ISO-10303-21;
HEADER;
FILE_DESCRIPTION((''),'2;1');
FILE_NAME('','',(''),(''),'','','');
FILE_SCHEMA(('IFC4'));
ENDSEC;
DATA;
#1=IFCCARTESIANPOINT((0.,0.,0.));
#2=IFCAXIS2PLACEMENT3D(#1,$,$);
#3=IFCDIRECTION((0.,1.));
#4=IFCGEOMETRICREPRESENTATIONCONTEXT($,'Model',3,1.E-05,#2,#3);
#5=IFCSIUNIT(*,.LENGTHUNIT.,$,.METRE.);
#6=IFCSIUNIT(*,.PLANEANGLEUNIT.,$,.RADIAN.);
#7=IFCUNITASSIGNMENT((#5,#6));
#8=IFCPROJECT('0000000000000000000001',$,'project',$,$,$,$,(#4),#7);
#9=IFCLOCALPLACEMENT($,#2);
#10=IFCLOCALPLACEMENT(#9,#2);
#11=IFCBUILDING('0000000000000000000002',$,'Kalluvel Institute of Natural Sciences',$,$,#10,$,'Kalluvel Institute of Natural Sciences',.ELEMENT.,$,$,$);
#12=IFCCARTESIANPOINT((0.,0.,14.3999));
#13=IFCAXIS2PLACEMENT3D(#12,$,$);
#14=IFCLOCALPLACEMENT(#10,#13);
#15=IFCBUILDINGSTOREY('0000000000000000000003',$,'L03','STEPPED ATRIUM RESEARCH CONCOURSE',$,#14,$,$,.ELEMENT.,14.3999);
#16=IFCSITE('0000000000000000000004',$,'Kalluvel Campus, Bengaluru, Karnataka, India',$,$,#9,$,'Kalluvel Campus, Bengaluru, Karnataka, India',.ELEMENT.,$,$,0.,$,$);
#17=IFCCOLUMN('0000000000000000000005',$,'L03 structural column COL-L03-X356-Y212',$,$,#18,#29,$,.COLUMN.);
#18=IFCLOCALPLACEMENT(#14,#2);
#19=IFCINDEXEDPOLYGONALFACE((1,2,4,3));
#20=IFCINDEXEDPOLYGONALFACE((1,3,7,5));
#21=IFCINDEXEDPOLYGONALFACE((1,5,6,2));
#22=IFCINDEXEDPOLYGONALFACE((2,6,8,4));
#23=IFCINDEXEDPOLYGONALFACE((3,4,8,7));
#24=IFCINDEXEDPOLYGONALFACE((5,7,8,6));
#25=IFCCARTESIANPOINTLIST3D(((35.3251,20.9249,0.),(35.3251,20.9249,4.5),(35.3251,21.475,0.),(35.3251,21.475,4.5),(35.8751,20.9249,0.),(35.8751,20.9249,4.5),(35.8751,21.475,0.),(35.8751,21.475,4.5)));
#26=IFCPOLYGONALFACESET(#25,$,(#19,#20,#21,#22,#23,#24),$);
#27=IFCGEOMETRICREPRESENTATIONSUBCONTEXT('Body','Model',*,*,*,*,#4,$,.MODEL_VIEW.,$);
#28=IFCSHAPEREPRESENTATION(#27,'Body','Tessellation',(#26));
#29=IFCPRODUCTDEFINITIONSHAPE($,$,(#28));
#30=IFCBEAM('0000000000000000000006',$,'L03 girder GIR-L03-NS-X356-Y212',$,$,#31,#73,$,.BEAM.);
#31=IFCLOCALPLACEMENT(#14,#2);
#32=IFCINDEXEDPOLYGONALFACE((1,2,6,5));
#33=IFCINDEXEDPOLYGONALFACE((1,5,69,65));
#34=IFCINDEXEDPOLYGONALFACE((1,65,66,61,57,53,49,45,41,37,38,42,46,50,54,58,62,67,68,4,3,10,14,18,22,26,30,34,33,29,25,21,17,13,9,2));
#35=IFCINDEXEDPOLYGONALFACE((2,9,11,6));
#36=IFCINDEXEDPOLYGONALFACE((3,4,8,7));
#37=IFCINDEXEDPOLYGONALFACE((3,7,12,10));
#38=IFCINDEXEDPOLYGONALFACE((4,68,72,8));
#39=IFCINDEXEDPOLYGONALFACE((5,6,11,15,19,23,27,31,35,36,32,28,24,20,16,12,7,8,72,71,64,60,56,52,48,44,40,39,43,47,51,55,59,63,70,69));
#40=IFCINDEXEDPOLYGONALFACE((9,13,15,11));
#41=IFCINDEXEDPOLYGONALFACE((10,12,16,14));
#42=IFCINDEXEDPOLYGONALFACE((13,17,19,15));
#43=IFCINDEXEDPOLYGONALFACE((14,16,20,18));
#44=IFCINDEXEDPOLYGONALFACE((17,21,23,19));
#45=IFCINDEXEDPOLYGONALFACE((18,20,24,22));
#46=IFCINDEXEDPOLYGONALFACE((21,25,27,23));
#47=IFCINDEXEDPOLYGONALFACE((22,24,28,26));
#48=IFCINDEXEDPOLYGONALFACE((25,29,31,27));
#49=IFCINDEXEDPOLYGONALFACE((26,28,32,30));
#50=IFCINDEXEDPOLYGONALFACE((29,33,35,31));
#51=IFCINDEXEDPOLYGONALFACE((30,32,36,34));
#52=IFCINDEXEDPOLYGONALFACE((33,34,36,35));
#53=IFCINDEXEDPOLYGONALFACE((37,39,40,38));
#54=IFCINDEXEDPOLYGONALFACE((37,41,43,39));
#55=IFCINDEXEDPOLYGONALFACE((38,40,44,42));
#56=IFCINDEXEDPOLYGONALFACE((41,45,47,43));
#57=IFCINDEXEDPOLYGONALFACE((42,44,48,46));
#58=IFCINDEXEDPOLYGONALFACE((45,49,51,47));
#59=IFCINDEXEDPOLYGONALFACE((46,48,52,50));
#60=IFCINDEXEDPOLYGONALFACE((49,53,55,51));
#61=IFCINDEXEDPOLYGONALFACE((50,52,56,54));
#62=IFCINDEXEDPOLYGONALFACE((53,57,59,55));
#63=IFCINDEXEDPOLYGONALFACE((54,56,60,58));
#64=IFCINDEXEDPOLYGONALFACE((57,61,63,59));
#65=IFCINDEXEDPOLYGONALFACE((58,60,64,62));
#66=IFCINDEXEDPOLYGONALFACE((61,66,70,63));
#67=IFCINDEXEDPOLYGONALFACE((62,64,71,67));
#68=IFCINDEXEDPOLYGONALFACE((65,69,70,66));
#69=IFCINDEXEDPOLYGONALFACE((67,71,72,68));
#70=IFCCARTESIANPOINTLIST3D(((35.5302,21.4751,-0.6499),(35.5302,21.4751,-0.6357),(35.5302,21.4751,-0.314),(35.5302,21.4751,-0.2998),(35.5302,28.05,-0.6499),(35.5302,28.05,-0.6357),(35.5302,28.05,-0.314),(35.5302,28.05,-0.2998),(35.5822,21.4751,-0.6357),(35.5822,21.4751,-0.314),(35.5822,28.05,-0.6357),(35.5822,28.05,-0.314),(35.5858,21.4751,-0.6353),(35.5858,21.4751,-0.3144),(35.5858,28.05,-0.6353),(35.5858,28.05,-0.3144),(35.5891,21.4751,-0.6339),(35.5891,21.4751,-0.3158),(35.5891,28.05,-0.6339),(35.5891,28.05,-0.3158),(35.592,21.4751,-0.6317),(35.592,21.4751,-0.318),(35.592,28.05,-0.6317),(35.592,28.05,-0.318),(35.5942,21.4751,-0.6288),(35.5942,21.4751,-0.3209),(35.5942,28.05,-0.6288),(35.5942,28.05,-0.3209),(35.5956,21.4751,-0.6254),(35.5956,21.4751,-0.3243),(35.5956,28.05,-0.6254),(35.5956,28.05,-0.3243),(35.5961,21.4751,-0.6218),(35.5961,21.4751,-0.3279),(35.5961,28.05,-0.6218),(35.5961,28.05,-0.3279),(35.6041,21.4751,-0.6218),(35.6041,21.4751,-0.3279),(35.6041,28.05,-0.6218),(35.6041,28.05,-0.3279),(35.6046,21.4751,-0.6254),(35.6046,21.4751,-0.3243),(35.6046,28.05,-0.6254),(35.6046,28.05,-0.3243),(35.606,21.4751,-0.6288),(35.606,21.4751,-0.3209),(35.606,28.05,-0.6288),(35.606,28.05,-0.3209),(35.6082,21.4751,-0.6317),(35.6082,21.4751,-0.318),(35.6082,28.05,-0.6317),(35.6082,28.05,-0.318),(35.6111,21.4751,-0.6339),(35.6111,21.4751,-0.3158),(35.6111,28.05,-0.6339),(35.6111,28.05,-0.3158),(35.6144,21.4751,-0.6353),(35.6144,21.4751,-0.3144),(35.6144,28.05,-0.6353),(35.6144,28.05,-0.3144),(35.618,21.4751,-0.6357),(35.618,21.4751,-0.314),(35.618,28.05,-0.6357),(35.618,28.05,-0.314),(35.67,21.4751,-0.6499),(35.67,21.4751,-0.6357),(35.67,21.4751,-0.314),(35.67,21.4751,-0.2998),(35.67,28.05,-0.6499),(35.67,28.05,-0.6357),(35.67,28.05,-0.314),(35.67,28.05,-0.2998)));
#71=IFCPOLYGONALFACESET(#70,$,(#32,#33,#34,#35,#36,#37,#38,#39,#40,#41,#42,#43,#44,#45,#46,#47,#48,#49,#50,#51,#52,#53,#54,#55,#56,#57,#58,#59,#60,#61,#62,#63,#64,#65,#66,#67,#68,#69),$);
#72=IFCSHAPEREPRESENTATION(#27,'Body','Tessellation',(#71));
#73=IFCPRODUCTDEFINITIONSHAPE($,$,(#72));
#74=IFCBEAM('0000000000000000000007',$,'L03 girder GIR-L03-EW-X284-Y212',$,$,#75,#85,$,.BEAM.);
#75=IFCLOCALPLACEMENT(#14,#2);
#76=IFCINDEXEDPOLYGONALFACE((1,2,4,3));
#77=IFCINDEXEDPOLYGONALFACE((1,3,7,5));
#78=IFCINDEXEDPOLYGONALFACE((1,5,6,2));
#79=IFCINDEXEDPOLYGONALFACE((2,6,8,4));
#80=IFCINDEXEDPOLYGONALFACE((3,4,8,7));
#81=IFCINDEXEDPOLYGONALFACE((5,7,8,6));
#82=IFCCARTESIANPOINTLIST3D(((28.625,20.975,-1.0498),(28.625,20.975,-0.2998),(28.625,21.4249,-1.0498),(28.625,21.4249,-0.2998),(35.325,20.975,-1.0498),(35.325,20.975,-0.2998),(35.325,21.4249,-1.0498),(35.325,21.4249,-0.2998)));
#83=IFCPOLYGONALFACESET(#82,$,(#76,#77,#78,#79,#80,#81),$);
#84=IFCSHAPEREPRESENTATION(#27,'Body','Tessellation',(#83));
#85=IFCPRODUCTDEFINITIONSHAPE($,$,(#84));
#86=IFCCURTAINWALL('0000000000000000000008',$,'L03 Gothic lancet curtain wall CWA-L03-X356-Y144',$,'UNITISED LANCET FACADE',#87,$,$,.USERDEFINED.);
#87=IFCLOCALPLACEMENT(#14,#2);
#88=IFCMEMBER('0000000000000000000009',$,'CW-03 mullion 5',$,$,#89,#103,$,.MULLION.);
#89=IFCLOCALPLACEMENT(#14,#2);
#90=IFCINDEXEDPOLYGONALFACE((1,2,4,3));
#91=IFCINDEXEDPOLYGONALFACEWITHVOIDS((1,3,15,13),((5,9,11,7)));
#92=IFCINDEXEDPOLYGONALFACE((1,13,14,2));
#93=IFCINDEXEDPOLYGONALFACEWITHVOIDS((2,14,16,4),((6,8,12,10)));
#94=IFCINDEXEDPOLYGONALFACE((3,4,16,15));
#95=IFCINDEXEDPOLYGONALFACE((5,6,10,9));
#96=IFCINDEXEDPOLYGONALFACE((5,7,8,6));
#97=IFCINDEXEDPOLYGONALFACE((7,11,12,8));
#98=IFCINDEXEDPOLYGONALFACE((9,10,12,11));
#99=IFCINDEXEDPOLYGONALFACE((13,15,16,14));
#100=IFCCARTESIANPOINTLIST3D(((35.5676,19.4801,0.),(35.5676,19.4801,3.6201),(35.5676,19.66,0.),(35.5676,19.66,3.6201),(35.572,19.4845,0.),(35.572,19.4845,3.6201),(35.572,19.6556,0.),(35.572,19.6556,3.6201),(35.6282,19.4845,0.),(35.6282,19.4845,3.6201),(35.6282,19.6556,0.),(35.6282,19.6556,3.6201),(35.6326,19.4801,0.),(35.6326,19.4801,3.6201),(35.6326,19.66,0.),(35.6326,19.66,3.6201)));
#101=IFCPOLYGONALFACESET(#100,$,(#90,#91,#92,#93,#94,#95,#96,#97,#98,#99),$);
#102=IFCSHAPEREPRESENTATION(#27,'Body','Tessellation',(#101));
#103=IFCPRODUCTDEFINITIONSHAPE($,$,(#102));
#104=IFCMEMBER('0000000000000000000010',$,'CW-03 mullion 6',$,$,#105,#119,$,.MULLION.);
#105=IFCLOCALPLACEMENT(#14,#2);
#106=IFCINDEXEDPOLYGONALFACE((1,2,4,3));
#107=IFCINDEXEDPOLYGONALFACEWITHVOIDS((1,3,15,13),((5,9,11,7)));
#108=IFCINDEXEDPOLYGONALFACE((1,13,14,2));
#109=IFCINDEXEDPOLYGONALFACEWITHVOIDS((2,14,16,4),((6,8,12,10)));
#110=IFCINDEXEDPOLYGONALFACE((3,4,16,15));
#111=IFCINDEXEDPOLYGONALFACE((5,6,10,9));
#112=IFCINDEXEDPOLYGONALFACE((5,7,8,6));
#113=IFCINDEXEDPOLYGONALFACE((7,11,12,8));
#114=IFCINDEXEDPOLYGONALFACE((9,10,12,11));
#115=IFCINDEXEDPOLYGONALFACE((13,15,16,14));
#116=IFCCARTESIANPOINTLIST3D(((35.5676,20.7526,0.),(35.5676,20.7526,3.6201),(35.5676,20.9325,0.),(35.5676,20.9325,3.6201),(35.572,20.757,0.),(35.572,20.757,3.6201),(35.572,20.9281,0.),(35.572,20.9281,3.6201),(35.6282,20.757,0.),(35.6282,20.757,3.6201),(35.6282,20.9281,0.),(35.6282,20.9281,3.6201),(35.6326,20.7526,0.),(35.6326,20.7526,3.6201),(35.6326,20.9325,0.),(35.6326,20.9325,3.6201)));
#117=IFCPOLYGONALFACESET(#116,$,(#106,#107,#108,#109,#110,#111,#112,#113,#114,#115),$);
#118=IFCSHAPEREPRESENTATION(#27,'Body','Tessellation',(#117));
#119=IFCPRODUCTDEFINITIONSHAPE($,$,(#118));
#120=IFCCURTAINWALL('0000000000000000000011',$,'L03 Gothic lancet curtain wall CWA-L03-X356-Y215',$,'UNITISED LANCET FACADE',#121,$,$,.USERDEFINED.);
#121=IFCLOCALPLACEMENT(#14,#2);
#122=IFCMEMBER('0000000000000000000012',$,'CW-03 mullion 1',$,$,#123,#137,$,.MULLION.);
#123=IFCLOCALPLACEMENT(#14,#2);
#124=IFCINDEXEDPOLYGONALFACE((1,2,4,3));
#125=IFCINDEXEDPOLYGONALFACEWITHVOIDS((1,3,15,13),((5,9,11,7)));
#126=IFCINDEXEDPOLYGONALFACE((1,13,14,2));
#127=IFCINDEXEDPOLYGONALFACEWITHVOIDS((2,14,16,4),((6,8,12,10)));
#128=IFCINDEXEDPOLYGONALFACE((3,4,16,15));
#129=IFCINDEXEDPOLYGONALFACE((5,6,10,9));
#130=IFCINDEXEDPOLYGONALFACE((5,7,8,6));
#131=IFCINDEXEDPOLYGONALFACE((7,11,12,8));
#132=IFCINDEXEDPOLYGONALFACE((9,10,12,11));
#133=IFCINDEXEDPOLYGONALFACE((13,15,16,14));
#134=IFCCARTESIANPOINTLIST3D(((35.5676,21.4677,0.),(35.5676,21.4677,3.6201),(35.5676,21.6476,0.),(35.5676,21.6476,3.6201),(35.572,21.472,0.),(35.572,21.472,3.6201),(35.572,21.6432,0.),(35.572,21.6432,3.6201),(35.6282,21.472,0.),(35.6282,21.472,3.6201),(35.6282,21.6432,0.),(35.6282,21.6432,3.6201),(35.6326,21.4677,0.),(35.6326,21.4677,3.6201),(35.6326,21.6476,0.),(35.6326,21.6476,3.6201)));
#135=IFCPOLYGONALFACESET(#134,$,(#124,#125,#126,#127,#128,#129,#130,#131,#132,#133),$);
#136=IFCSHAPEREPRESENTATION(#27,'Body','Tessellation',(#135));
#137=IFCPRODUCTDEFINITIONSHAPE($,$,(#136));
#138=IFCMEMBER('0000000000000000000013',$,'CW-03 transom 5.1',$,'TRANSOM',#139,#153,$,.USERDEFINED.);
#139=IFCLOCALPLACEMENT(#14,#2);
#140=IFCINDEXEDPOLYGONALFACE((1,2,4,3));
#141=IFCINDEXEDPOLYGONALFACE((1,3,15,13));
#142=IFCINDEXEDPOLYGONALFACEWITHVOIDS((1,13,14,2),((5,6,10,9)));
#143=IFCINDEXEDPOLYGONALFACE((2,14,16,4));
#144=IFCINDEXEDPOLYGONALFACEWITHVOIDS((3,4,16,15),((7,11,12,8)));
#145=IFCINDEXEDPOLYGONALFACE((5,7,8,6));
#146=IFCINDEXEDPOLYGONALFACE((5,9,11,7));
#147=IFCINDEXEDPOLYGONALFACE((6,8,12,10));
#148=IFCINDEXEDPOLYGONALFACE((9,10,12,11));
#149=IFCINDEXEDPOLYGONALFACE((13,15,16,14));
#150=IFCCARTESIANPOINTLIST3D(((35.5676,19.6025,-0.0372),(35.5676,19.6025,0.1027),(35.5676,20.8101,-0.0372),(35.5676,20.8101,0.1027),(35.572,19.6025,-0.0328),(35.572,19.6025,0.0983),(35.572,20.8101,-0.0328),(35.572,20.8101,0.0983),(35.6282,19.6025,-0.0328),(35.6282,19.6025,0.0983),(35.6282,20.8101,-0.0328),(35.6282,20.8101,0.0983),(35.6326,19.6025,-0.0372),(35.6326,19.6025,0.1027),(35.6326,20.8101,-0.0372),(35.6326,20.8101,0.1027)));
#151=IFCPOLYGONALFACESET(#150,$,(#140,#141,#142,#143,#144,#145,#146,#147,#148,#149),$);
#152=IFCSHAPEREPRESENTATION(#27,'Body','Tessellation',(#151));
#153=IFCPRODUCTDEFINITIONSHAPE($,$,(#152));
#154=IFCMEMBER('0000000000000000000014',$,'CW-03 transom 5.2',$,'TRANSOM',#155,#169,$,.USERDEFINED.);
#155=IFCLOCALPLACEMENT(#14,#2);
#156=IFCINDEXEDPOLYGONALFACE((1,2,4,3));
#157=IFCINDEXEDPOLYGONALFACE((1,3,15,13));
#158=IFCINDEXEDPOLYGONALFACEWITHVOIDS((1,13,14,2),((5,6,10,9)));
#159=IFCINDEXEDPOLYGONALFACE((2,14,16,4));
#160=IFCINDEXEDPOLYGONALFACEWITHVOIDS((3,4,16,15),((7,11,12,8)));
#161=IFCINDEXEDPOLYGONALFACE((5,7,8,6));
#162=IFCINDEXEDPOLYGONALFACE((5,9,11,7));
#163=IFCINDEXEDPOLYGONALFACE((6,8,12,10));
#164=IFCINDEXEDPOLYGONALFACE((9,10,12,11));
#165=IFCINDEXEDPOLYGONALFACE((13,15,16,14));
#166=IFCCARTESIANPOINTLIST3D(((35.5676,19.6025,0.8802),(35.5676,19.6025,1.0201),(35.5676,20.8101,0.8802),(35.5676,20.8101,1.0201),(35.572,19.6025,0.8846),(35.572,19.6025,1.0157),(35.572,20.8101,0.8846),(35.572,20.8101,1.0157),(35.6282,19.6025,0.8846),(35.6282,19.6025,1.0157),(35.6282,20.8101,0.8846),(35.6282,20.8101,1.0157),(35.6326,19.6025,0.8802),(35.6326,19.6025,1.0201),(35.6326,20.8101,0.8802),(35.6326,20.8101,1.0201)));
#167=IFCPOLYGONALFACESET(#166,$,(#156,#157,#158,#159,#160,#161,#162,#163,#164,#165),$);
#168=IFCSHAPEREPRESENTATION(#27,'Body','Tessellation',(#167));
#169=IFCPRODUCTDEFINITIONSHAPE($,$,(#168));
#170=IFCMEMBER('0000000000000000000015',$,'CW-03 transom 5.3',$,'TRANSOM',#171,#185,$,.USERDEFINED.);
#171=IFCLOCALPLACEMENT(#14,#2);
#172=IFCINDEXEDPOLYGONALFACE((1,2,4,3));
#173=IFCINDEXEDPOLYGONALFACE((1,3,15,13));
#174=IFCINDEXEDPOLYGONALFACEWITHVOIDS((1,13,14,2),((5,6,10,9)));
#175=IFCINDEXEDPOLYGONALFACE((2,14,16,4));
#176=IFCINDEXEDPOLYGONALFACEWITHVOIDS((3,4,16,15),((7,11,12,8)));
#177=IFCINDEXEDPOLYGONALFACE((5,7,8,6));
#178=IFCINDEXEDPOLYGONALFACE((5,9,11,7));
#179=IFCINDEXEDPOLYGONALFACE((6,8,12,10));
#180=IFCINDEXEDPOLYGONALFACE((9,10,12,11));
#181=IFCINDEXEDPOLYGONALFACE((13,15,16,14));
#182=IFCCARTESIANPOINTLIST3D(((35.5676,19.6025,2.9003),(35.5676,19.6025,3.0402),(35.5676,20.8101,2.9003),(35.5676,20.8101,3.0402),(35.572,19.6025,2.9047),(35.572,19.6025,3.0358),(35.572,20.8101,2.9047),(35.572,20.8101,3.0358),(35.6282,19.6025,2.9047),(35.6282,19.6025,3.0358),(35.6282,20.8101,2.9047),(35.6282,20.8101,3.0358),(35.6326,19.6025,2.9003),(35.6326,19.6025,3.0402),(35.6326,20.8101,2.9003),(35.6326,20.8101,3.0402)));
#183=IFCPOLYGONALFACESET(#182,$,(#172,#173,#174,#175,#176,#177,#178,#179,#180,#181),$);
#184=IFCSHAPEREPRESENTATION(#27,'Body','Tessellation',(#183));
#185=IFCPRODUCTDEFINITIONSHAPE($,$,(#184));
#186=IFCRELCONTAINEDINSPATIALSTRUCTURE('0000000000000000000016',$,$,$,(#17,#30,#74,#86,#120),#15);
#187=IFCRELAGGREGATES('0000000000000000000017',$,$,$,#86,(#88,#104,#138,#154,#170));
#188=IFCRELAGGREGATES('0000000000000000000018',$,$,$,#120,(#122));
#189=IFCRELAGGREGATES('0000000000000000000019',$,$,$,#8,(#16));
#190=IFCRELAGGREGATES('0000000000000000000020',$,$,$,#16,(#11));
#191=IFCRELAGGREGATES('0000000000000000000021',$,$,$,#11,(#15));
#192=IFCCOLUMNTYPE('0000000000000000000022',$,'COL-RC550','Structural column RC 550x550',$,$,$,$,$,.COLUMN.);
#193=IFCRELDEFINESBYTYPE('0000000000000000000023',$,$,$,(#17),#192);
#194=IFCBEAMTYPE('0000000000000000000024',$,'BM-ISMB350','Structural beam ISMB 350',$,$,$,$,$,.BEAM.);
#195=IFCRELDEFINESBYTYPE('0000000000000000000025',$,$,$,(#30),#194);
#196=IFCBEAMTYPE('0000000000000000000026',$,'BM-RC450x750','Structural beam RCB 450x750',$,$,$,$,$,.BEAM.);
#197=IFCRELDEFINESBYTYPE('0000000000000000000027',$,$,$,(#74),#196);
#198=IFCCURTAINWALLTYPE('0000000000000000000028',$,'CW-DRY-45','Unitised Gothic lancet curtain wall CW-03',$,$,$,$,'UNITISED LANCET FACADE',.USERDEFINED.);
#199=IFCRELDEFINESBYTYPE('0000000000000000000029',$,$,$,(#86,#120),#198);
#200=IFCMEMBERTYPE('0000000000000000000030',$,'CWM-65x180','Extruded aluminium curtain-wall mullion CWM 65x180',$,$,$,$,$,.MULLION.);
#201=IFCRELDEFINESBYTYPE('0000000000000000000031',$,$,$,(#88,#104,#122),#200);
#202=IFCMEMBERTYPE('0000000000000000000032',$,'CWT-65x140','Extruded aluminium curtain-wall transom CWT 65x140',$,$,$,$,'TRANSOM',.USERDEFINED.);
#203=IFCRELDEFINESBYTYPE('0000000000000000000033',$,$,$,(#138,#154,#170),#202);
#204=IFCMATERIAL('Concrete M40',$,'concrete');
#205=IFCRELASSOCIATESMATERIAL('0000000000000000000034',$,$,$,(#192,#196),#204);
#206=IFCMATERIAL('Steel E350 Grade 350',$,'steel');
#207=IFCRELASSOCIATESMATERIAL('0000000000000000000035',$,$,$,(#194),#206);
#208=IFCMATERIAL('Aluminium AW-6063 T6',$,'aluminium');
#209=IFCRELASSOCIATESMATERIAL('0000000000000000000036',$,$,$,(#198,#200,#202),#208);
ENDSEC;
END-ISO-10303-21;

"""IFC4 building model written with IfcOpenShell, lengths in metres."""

from ifc_helpers import new_model, si_unit, direction, frame, origin, origin_2d, place, context, subcontext, project, spatial, rectangle, hollow_rectangle, i_section, extrude, material, material_profile, profile_set, type_object, element, aggregate, save


model = new_model("IFC4")

# Units and contexts
model_context = context("Model", 3, precision=1e-05, world=origin(), true_north=direction((0.0, 1.0)))
body_context = subcontext(model_context, "Body", "Model", "MODEL_VIEW")
ifc_project = project(units=[si_unit("LENGTHUNIT", "METRE"), si_unit("PLANEANGLEUNIT", "RADIAN")], contexts=[model_context])

# Site, building, storey
site_placement = place(None, origin())
site = spatial("IfcSite", under=ifc_project, at=site_placement, Name="Kalluvel Campus, Bengaluru, Karnataka, India", LongName="Kalluvel Campus, Bengaluru, Karnataka, India", CompositionType="ELEMENT", RefElevation=0.0)
building_placement = place(site_placement, origin())
building = spatial("IfcBuilding", under=site, at=building_placement, Name="Kalluvel Institute of Natural Sciences", LongName="Kalluvel Institute of Natural Sciences", CompositionType="ELEMENT")
storey_placement = place(building_placement, frame((0.0, 0.0, 14.3999)))
storey = spatial("IfcBuildingStorey", under=building, at=storey_placement, Name="L03", Description="STEPPED ATRIUM RESEARCH CONCOURSE", CompositionType="ELEMENT", Elevation=14.3999)

# Column
ifc_material_1 = material(Name="Concrete M40", Category="concrete")
ifc_material_profile_1 = material_profile(ifc_material_1, rectangle(XDim=0.55, YDim=0.55, at=origin_2d()), Name="RC 550x550")
ifc_profile_set_1 = profile_set([ifc_material_profile_1], Name="Concrete M40")
column_type = type_object("IfcColumnType", Name="COL-RC550", Description="Structural column RC 550x550", PredefinedType="COLUMN", material=ifc_profile_set_1)
column_placement = place(storey_placement, frame((35.6001, 21.2, 0.0), z_axis=(0.0, 0.0, 1.0), x_axis=(1.0, 0.0, 0.0)))
element("IfcColumn", 1, at=column_placement, inside=storey, type_object=column_type, Name="L03 structural column COL-L03-X356-Y212", PredefinedType="COLUMN", context=body_context, shape_type="SweptSolid", body=[
    extrude(rectangle(XDim=0.55, YDim=0.55, at=origin_2d()), origin(), (0.0, 0.0, 1.0), 4.5),
])

# Beams
ifc_material_2 = material(Name="Steel E350 Grade 350", Category="steel")
ifc_material_profile_2 = material_profile(ifc_material_2, i_section(OverallWidth=0.1399, OverallDepth=0.3501, WebThickness=0.0081, FlangeThickness=0.0142, FilletRadius=0.0139, at=origin_2d()), Name="ISMB 350")
ifc_profile_set_2 = profile_set([ifc_material_profile_2], Name="Steel E350 Grade 350")
beam_type_1 = type_object("IfcBeamType", Name="BM-ISMB350", Description="Structural beam ISMB 350", PredefinedType="BEAM", material=ifc_profile_set_2)
beam_1_placement = place(storey_placement, frame((35.6001, 21.4751, -0.4749), z_axis=(0.0, 1.0, 0.0), x_axis=(-1.0, 0.0, 0.0)))
element("IfcBeam", 2, at=beam_1_placement, inside=storey, type_object=beam_type_1, Name="L03 girder GIR-L03-NS-X356-Y212", PredefinedType="BEAM", context=body_context, shape_type="SweptSolid", body=[
    extrude(i_section(OverallWidth=0.1399, OverallDepth=0.3501, WebThickness=0.0081, FlangeThickness=0.0142, FilletRadius=0.0139, at=origin_2d()), origin(), (0.0, 0.0, 1.0), 6.575),
])
ifc_material_profile_3 = material_profile(ifc_material_1, rectangle(XDim=0.45, YDim=0.75, at=origin_2d()), Name="RCB 450x750")
ifc_profile_set_3 = profile_set([ifc_material_profile_3], Name="Concrete M40")
beam_type_2 = type_object("IfcBeamType", Name="BM-RC450x750", Description="Structural beam RCB 450x750", PredefinedType="BEAM", material=ifc_profile_set_3)
beam_2_placement = place(storey_placement, frame((28.625, 21.2, -0.6748), z_axis=(1.0, 0.0, 0.0), x_axis=(0.0, 1.0, 0.0)))
element("IfcBeam", 3, at=beam_2_placement, inside=storey, type_object=beam_type_2, Name="L03 girder GIR-L03-EW-X284-Y212", PredefinedType="BEAM", context=body_context, shape_type="SweptSolid", body=[
    extrude(rectangle(XDim=0.45, YDim=0.75, at=origin_2d()), origin(), (0.0, 0.0, 1.0), 6.7),
])

# Curtain wall, members
ifc_material_3 = material(Name="Aluminium AW-6063 T6", Category="aluminium")
curtain_wall_type = type_object("IfcCurtainWallType", Name="CW-DRY-45", Description="Unitised Gothic lancet curtain wall CW-03", ElementType="UNITISED LANCET FACADE", PredefinedType="USERDEFINED", material=ifc_material_3)
curtain_wall_1_placement = place(storey_placement, origin())
curtain_wall_1 = element("IfcCurtainWall", 4, at=curtain_wall_1_placement, inside=storey, type_object=curtain_wall_type, Name="L03 Gothic lancet curtain wall CWA-L03-X356-Y144", ObjectType="UNITISED LANCET FACADE", PredefinedType="USERDEFINED")
ifc_material_profile_4 = material_profile(ifc_material_3, hollow_rectangle(XDim=0.0649, YDim=0.1799, WallThickness=0.0044, at=origin_2d()), Name="CWM 65x180")
ifc_profile_set_4 = profile_set([ifc_material_profile_4], Name="Aluminium AW-6063 T6")
member_type_1 = type_object("IfcMemberType", Name="CWM-65x180", Description="Extruded aluminium curtain-wall mullion CWM 65x180", PredefinedType="MULLION", material=ifc_profile_set_4)
member_1_placement = place(storey_placement, frame((35.6001, 19.5701, 0.0), z_axis=(0.0, 0.0, 1.0), x_axis=(-1.0, 0.0, 0.0)))
member_1 = element("IfcMember", 5, at=member_1_placement, type_object=member_type_1, Name="CW-03 mullion 5", PredefinedType="MULLION", context=body_context, shape_type="SweptSolid", body=[
    extrude(hollow_rectangle(XDim=0.0649, YDim=0.1799, WallThickness=0.0044, at=origin_2d()), origin(), (0.0, 0.0, 1.0), 3.6201),
])
member_2_placement = place(storey_placement, frame((35.6001, 20.8425, 0.0), z_axis=(0.0, 0.0, 1.0), x_axis=(-1.0, 0.0, 0.0)))
member_2 = element("IfcMember", 6, at=member_2_placement, type_object=member_type_1, Name="CW-03 mullion 6", PredefinedType="MULLION", context=body_context, shape_type="SweptSolid", body=[
    extrude(hollow_rectangle(XDim=0.0649, YDim=0.1799, WallThickness=0.0044, at=origin_2d()), origin(), (0.0, 0.0, 1.0), 3.6201),
])

# Curtain wall, member
curtain_wall_2_placement = place(storey_placement, origin())
curtain_wall_2 = element("IfcCurtainWall", 7, at=curtain_wall_2_placement, inside=storey, type_object=curtain_wall_type, Name="L03 Gothic lancet curtain wall CWA-L03-X356-Y215", ObjectType="UNITISED LANCET FACADE", PredefinedType="USERDEFINED")
member_3_placement = place(storey_placement, frame((35.6001, 21.5576, 0.0), z_axis=(0.0, 0.0, 1.0), x_axis=(-1.0, 0.0, 0.0)))
member_3 = element("IfcMember", 8, at=member_3_placement, type_object=member_type_1, Name="CW-03 mullion 1", PredefinedType="MULLION", context=body_context, shape_type="SweptSolid", body=[
    extrude(hollow_rectangle(XDim=0.0649, YDim=0.1799, WallThickness=0.0044, at=origin_2d()), origin(), (0.0, 0.0, 1.0), 3.6201),
])

# Members
ifc_material_profile_5 = material_profile(ifc_material_3, hollow_rectangle(XDim=0.0649, YDim=0.1399, WallThickness=0.0044, at=origin_2d()), Name="CWT 65x140")
ifc_profile_set_5 = profile_set([ifc_material_profile_5], Name="Aluminium AW-6063 T6")
member_type_2 = type_object("IfcMemberType", Name="CWT-65x140", Description="Extruded aluminium curtain-wall transom CWT 65x140", ElementType="TRANSOM", PredefinedType="USERDEFINED", material=ifc_profile_set_5)
member_4_placement = place(storey_placement, frame((35.6001, 19.6025, 0.0327), z_axis=(0.0, 1.0, 0.0), x_axis=(-1.0, 0.0, 0.0)))
member_4 = element("IfcMember", 9, at=member_4_placement, type_object=member_type_2, Name="CW-03 transom 5.1", ObjectType="TRANSOM", PredefinedType="USERDEFINED", context=body_context, shape_type="SweptSolid", body=[
    extrude(hollow_rectangle(XDim=0.0649, YDim=0.1399, WallThickness=0.0044, at=origin_2d()), origin(), (0.0, 0.0, 1.0), 1.2075),
])
member_5_placement = place(storey_placement, frame((35.6001, 19.6025, 0.9502), z_axis=(0.0, 1.0, 0.0), x_axis=(-1.0, 0.0, 0.0)))
member_5 = element("IfcMember", 10, at=member_5_placement, type_object=member_type_2, Name="CW-03 transom 5.2", ObjectType="TRANSOM", PredefinedType="USERDEFINED", context=body_context, shape_type="SweptSolid", body=[
    extrude(hollow_rectangle(XDim=0.0649, YDim=0.1399, WallThickness=0.0044, at=origin_2d()), origin(), (0.0, 0.0, 1.0), 1.2075),
])
member_6_placement = place(storey_placement, frame((35.6001, 19.6025, 2.9702), z_axis=(0.0, 1.0, 0.0), x_axis=(-1.0, 0.0, 0.0)))
member_6 = element("IfcMember", 11, at=member_6_placement, type_object=member_type_2, Name="CW-03 transom 5.3", ObjectType="TRANSOM", PredefinedType="USERDEFINED", context=body_context, shape_type="SweptSolid", body=[
    extrude(hollow_rectangle(XDim=0.0649, YDim=0.1399, WallThickness=0.0044, at=origin_2d()), origin(), (0.0, 0.0, 1.0), 1.2075),
])

aggregate(curtain_wall_1, [member_1, member_2, member_4, member_5, member_6])
aggregate(curtain_wall_2, [member_3])

save(model, "model.ifc")
